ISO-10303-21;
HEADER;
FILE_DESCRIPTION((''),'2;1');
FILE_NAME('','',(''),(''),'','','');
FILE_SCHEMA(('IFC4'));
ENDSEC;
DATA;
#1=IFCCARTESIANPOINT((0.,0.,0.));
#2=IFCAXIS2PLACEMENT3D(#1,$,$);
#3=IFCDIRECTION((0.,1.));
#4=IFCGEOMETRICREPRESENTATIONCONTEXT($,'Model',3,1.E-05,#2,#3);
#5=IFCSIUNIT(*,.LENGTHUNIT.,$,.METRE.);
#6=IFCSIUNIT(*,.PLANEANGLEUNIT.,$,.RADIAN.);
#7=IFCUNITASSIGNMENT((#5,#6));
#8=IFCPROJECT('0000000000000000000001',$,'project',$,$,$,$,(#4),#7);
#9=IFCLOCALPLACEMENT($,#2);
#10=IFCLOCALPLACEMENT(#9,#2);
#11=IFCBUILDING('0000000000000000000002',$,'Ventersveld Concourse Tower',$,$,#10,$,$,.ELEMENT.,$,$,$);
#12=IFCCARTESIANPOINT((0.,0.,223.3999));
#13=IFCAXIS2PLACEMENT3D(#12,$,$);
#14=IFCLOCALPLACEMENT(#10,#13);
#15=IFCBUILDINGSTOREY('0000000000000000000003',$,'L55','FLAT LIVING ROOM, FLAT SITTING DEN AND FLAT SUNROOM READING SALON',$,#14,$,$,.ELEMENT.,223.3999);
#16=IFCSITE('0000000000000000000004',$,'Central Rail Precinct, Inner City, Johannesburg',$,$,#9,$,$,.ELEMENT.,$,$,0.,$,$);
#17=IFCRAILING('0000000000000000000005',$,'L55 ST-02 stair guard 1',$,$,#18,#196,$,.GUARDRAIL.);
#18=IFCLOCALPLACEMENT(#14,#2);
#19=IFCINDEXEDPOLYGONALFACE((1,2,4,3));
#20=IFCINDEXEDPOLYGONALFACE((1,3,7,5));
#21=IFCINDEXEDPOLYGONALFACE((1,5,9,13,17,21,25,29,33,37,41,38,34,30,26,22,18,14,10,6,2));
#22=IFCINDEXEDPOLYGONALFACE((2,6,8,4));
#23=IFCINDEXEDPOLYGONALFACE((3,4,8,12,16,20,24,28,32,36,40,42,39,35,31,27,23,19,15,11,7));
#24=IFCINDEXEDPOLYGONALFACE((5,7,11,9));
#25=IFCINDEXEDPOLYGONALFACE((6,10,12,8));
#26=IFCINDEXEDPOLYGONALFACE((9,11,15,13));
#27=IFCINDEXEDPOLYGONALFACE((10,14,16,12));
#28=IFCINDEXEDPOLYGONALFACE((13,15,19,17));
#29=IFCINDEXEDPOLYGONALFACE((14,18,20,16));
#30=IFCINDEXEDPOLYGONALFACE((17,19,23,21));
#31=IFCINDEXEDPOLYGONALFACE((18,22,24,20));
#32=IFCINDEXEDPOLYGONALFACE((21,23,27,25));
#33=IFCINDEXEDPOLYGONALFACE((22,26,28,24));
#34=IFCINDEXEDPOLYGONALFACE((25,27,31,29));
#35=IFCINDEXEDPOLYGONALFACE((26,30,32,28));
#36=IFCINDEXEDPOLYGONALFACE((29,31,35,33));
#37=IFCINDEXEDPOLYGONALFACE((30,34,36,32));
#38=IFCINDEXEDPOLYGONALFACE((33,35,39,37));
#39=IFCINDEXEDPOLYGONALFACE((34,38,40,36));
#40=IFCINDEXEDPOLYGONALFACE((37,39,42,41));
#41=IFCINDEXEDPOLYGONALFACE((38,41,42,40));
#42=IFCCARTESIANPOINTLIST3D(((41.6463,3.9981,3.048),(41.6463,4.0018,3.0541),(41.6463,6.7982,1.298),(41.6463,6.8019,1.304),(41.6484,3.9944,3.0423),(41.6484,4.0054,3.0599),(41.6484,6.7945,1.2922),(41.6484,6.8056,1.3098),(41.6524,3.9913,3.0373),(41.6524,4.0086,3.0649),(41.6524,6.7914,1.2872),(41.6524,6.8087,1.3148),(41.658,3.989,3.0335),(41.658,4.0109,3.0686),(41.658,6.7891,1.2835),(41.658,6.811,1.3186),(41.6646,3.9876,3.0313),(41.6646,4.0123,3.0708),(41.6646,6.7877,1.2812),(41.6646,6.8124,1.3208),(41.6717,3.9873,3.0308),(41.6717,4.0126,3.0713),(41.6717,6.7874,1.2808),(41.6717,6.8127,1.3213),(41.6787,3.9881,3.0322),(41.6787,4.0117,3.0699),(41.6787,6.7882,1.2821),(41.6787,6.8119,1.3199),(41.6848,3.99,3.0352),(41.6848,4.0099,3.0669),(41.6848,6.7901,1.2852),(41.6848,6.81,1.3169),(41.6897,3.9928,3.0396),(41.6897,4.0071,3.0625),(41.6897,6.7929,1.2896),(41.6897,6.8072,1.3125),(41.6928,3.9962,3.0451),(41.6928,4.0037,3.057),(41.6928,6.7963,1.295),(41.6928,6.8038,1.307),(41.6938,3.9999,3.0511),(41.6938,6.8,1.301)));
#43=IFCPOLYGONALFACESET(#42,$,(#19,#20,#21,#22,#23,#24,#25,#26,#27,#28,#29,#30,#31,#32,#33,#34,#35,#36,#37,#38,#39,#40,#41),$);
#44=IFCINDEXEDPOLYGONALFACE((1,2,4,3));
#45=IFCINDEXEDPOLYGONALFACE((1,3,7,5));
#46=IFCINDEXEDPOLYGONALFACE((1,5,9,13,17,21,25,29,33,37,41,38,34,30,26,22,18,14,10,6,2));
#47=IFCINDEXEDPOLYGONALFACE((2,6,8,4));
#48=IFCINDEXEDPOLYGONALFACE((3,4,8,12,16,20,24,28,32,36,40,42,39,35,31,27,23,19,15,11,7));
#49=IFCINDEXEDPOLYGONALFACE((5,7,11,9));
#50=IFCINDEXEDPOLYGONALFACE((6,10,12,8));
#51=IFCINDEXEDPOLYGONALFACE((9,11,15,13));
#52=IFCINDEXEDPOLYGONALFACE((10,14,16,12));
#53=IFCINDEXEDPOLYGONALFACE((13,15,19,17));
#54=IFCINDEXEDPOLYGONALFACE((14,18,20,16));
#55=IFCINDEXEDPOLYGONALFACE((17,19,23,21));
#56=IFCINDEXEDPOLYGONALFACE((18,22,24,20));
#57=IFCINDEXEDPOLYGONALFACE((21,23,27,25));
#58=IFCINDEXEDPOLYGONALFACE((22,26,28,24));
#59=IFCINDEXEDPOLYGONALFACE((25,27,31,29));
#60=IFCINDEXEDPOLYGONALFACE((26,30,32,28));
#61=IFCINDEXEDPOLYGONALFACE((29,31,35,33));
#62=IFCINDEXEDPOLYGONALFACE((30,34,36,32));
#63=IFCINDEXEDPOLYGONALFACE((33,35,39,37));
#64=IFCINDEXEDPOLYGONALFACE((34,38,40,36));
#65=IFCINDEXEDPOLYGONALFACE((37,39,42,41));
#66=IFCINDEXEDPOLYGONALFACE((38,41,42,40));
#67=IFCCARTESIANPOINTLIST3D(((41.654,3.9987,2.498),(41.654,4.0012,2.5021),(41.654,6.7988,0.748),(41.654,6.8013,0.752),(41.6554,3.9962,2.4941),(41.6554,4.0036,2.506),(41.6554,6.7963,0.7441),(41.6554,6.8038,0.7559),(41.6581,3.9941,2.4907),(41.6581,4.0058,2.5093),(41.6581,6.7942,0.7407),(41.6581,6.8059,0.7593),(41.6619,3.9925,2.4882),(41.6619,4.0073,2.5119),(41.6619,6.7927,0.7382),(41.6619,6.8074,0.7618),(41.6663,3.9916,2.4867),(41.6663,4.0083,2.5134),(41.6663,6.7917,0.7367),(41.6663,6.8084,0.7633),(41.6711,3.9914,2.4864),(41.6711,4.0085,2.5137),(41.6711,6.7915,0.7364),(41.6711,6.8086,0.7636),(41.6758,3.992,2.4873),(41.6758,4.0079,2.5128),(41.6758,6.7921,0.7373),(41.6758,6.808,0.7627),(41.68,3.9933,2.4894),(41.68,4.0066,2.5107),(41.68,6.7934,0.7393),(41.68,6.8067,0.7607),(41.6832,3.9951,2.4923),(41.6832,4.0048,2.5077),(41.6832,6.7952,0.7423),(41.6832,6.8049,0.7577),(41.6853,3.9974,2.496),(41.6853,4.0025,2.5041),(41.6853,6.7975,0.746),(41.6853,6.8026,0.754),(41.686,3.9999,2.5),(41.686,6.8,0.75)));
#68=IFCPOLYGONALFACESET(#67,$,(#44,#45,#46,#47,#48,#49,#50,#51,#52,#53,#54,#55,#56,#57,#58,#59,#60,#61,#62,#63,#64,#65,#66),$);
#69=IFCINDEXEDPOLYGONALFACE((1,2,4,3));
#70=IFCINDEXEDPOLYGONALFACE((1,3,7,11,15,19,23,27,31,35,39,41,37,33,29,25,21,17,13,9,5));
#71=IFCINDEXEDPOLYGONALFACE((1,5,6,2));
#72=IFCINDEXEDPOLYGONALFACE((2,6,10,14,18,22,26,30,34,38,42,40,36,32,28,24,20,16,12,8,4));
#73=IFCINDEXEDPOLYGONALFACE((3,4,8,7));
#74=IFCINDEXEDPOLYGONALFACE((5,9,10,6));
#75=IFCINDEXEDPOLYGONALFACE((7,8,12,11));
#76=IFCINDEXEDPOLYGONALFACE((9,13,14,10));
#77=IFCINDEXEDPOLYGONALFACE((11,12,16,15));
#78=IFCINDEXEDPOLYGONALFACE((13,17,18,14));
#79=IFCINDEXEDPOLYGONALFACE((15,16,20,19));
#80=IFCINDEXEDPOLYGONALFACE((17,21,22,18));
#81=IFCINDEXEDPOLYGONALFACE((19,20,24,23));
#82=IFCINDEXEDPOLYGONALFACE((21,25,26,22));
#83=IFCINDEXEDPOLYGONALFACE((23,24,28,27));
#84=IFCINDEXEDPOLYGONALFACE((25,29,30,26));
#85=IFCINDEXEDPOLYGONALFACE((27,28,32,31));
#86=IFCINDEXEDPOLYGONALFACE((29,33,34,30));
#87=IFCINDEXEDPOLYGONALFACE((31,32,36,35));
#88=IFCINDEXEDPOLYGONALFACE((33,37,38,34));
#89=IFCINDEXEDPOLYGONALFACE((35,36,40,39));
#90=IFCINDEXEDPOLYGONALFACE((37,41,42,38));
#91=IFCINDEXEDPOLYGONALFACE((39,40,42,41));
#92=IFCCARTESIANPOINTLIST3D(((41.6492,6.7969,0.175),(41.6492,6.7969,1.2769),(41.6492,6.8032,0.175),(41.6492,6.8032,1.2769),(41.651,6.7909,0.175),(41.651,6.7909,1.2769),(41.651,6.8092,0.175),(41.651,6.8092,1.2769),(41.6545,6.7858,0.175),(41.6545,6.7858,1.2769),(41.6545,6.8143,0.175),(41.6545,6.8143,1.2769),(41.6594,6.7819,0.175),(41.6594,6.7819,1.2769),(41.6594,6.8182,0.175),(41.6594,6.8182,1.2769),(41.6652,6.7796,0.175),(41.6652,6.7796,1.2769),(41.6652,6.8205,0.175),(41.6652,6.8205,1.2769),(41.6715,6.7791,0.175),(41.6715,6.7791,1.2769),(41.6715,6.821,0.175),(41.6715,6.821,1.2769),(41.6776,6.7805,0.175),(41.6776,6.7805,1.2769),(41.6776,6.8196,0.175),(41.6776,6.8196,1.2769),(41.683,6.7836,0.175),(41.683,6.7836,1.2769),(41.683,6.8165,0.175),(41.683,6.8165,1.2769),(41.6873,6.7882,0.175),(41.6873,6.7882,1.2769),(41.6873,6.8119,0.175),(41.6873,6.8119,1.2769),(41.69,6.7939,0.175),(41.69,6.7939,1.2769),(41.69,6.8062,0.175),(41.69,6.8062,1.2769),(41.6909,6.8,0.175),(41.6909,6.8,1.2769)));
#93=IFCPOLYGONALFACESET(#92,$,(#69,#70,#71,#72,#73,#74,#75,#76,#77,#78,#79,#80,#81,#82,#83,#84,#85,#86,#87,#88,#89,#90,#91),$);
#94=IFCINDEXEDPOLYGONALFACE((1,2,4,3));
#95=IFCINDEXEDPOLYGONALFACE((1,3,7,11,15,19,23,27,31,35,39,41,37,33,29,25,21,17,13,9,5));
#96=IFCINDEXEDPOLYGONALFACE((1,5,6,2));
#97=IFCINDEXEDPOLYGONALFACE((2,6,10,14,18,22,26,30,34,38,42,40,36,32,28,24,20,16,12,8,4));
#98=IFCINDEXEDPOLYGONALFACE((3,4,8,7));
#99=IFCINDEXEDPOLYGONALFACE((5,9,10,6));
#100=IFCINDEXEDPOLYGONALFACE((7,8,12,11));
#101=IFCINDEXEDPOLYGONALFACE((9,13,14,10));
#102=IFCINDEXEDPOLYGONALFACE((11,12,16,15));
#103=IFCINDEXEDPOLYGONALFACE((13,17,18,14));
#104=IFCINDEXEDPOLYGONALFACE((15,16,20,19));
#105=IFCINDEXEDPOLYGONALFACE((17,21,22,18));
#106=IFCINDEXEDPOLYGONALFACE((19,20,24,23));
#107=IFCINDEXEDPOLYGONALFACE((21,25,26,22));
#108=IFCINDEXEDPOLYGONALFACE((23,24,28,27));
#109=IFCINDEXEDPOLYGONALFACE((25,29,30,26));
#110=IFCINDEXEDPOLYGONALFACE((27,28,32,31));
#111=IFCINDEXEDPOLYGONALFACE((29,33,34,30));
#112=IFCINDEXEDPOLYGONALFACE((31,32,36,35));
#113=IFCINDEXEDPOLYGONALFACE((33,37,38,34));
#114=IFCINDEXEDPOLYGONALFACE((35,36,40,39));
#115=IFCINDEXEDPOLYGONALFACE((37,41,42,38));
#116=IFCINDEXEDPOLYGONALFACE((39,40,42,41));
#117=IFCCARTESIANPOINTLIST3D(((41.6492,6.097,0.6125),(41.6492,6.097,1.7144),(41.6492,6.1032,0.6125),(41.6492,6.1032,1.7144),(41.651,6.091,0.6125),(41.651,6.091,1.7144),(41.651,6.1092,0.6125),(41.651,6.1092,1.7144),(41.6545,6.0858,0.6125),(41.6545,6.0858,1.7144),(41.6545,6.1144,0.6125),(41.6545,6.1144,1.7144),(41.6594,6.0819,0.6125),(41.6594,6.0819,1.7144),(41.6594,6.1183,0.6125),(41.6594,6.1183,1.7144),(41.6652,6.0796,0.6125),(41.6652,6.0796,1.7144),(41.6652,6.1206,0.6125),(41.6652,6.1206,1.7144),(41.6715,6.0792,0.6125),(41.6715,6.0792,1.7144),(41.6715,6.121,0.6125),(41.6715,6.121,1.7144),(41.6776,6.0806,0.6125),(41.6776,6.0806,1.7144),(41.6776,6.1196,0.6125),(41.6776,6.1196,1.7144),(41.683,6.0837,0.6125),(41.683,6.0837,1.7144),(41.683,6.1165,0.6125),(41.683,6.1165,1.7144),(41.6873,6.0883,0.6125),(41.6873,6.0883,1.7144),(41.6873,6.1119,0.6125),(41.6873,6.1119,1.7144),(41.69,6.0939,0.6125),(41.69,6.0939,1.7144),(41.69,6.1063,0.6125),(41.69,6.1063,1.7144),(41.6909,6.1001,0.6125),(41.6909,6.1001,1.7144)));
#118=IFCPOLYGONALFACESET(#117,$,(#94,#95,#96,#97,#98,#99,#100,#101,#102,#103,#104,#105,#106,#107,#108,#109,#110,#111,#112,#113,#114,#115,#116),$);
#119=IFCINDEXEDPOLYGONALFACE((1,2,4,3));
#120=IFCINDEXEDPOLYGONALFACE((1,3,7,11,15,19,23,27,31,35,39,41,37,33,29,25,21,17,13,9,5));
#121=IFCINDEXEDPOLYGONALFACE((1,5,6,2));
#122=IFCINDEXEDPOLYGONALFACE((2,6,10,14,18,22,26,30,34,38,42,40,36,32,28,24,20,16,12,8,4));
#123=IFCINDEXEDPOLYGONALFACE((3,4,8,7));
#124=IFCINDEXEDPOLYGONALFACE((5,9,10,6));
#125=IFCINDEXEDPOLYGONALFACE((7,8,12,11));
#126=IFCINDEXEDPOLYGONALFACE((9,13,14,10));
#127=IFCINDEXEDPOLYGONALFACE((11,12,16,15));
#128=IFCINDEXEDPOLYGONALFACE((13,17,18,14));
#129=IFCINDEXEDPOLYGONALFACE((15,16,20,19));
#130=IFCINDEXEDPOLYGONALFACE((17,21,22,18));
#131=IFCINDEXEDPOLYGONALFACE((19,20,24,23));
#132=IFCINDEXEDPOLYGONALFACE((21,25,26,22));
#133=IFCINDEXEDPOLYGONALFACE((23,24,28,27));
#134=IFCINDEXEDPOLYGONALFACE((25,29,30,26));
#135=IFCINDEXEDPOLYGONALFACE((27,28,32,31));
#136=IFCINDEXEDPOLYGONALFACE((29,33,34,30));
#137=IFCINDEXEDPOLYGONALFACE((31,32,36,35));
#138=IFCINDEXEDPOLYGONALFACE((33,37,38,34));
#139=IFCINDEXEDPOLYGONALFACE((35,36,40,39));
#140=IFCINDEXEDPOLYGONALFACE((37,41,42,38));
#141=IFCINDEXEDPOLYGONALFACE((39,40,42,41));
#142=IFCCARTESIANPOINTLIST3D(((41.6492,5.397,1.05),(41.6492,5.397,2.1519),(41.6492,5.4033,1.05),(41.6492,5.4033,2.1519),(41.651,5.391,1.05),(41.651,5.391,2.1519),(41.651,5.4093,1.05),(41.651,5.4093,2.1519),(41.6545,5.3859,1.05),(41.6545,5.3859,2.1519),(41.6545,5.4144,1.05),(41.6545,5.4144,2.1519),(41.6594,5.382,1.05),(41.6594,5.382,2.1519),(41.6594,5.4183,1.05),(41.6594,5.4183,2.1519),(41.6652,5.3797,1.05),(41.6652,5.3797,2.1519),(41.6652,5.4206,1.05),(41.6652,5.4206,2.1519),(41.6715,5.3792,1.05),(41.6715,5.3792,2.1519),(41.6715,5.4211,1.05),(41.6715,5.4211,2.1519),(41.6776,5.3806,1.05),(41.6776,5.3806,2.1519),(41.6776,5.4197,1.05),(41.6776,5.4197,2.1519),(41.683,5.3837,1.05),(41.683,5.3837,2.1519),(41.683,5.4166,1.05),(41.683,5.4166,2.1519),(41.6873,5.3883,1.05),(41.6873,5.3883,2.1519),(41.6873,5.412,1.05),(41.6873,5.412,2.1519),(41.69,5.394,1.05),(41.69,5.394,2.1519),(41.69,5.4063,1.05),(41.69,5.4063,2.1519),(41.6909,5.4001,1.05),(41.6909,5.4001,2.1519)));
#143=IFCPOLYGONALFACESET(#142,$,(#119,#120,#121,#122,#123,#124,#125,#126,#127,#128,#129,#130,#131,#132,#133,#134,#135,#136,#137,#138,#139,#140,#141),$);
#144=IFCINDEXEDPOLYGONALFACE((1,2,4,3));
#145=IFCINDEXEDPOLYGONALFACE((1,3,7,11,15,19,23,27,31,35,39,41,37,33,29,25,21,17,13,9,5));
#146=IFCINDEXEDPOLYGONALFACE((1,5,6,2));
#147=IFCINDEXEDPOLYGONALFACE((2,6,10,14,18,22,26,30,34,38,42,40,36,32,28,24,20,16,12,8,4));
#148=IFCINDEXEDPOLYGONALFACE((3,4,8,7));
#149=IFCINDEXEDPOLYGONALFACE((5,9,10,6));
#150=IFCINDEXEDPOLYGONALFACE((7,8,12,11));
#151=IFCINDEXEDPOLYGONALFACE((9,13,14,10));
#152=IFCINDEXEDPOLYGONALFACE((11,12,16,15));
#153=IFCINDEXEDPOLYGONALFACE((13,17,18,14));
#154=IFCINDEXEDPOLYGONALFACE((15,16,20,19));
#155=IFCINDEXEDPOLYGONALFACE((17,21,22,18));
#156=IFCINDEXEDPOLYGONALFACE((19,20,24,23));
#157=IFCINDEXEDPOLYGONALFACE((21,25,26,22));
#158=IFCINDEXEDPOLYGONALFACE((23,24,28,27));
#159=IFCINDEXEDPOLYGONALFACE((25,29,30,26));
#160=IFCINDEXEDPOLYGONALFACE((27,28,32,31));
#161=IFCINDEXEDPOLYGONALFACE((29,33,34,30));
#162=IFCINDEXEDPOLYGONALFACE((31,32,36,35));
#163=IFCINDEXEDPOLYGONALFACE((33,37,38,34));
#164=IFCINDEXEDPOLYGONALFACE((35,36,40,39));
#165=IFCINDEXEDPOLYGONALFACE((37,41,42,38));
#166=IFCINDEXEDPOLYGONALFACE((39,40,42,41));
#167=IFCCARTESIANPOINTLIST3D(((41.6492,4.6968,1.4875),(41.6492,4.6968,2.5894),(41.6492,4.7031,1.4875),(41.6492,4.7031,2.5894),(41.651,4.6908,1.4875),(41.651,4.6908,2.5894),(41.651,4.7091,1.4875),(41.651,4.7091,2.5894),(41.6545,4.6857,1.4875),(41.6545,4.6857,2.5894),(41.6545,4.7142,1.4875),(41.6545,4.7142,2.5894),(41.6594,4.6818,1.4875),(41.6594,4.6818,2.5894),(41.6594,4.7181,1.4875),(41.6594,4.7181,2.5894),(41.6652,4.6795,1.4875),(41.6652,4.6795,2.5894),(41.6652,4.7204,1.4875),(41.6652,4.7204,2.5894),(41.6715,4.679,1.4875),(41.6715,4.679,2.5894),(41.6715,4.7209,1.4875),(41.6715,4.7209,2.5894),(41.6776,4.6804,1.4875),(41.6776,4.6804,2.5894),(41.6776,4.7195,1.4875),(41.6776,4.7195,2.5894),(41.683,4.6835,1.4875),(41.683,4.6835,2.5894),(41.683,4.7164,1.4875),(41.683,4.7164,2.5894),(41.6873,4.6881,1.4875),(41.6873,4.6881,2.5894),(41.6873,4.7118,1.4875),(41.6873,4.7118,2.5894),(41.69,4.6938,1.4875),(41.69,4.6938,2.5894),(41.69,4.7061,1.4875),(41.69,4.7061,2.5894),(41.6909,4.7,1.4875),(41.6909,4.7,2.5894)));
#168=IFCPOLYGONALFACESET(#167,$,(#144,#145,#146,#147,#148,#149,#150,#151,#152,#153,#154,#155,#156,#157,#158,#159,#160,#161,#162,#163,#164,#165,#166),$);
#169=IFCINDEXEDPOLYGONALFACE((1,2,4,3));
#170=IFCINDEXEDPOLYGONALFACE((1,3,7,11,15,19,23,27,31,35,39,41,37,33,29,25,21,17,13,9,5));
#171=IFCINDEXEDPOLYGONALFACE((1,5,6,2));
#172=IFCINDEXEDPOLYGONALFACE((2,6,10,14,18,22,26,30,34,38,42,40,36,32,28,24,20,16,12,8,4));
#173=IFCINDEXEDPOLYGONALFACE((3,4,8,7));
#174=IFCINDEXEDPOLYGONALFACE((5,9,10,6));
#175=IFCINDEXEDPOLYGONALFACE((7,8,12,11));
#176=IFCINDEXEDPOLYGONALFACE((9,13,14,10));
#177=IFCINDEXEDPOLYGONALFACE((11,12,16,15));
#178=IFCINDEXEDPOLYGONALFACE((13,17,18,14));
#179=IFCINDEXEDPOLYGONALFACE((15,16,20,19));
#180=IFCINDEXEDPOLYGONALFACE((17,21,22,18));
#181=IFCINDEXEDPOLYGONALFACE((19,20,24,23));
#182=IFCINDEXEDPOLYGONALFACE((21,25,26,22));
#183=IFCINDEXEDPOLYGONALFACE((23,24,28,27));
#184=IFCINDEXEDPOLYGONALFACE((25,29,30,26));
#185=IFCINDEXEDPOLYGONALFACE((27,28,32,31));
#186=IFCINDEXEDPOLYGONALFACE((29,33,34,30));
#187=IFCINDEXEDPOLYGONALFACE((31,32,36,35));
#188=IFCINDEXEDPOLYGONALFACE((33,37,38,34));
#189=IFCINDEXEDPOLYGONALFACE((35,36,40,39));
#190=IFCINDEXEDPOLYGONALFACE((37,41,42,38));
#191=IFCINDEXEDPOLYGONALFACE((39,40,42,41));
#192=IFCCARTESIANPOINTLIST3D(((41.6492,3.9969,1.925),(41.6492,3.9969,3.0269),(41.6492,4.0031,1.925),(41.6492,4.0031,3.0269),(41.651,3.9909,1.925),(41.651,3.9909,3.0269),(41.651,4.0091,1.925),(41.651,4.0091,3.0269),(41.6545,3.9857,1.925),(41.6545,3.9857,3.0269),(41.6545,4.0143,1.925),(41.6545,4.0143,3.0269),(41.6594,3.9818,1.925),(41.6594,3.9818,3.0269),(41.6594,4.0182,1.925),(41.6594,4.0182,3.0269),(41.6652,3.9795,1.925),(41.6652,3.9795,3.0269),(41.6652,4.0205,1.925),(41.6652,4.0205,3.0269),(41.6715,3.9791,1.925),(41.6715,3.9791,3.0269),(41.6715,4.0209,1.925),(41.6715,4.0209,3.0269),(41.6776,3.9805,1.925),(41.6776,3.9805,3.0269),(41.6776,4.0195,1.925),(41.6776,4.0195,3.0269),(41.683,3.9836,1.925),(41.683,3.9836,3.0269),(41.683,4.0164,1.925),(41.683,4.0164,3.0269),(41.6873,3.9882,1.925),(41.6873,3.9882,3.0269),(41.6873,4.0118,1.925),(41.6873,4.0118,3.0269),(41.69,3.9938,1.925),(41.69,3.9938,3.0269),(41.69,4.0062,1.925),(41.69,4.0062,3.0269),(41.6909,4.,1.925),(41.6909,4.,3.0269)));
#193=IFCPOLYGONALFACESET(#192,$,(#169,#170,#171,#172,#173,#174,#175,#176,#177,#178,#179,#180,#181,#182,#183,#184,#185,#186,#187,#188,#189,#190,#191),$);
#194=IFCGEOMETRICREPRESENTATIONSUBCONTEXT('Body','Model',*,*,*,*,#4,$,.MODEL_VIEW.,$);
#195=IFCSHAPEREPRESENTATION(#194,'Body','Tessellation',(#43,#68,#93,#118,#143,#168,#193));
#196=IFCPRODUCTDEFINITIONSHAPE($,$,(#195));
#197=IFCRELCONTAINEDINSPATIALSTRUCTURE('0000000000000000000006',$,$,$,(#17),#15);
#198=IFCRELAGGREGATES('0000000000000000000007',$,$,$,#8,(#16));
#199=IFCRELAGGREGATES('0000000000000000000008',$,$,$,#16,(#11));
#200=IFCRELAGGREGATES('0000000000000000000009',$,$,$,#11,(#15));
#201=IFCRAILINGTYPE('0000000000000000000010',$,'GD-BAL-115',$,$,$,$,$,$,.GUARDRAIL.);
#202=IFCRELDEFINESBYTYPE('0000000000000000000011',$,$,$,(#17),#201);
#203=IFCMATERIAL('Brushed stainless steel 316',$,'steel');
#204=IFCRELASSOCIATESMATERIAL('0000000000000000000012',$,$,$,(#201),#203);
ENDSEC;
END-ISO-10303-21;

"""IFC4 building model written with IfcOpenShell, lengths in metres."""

from ifc_helpers import new_model, si_unit, direction, frame, origin, origin_2d, place, context, subcontext, project, spatial, circle, extrude, material, type_object, element, save


model = new_model("IFC4")

# Units and contexts
model_context = context("Model", 3, precision=1e-05, world=origin(), true_north=direction((0.0, 1.0)))
body_context = subcontext(model_context, "Body", "Model", "MODEL_VIEW")
ifc_project = project(units=[si_unit("LENGTHUNIT", "METRE"), si_unit("PLANEANGLEUNIT", "RADIAN")], contexts=[model_context])

# Site, building, storey
site_placement = place(None, origin())
site = spatial("IfcSite", under=ifc_project, at=site_placement, Name="Central Rail Precinct, Inner City, Johannesburg", CompositionType="ELEMENT", RefElevation=0.0)
building_placement = place(site_placement, origin())
building = spatial("IfcBuilding", under=site, at=building_placement, Name="Ventersveld Concourse Tower", CompositionType="ELEMENT")
storey_placement = place(building_placement, frame((0.0, 0.0, 223.3999)))
storey = spatial("IfcBuildingStorey", under=building, at=storey_placement, Name="L55", Description="FLAT LIVING ROOM, FLAT SITTING DEN AND FLAT SUNROOM READING SALON", CompositionType="ELEMENT", Elevation=223.3999)

# Shared definitions
ifc_material_1 = material(Name="Brushed stainless steel 316", Category="steel")

# Railing
railing_type_1 = type_object("IfcRailingType", Name="GD-BAL-115", PredefinedType="GUARDRAIL", material=ifc_material_1)
railing_1_placement = place(storey_placement, frame((41.6699, 6.8, 0.175)))
element("IfcRailing", 1, at=railing_1_placement, inside=storey, type_object=railing_type_1, Name="L55 ST-02 stair guard 1", PredefinedType="GUARDRAIL", context=body_context, shape_type="SweptSolid", body=[
    extrude(circle(Radius=0.0239, at=origin_2d()), frame((0.0, 0.0, 1.126), z_axis=(0.0, -0.848002, 0.529992), x_axis=(1.0, 0.0, 0.0)), (0.0, 0.0, 1.0), 3.302),
    extrude(circle(Radius=0.0161, at=origin_2d()), frame((0.0, 0.0, 0.575), z_axis=(0.0, -0.848002, 0.529992), x_axis=(1.0, 0.0, 0.0)), (0.0, 0.0, 1.0), 3.302),
    extrude(circle(Radius=0.021, at=origin_2d()), origin(), (0.0, 0.0, 1.0), 1.1018),
    extrude(circle(Radius=0.021, at=origin_2d()), frame((0.0, -0.7, 0.4375)), (0.0, 0.0, 1.0), 1.1018),
    extrude(circle(Radius=0.021, at=origin_2d()), frame((0.0, -1.3999, 0.875)), (0.0, 0.0, 1.0), 1.1018),
    extrude(circle(Radius=0.021, at=origin_2d()), frame((0.0, -2.1001, 1.3125)), (0.0, 0.0, 1.0), 1.1018),
    extrude(circle(Radius=0.021, at=origin_2d()), frame((0.0, -2.8, 1.75)), (0.0, 0.0, 1.0), 1.1018),
])

save(model, "model.ifc")
